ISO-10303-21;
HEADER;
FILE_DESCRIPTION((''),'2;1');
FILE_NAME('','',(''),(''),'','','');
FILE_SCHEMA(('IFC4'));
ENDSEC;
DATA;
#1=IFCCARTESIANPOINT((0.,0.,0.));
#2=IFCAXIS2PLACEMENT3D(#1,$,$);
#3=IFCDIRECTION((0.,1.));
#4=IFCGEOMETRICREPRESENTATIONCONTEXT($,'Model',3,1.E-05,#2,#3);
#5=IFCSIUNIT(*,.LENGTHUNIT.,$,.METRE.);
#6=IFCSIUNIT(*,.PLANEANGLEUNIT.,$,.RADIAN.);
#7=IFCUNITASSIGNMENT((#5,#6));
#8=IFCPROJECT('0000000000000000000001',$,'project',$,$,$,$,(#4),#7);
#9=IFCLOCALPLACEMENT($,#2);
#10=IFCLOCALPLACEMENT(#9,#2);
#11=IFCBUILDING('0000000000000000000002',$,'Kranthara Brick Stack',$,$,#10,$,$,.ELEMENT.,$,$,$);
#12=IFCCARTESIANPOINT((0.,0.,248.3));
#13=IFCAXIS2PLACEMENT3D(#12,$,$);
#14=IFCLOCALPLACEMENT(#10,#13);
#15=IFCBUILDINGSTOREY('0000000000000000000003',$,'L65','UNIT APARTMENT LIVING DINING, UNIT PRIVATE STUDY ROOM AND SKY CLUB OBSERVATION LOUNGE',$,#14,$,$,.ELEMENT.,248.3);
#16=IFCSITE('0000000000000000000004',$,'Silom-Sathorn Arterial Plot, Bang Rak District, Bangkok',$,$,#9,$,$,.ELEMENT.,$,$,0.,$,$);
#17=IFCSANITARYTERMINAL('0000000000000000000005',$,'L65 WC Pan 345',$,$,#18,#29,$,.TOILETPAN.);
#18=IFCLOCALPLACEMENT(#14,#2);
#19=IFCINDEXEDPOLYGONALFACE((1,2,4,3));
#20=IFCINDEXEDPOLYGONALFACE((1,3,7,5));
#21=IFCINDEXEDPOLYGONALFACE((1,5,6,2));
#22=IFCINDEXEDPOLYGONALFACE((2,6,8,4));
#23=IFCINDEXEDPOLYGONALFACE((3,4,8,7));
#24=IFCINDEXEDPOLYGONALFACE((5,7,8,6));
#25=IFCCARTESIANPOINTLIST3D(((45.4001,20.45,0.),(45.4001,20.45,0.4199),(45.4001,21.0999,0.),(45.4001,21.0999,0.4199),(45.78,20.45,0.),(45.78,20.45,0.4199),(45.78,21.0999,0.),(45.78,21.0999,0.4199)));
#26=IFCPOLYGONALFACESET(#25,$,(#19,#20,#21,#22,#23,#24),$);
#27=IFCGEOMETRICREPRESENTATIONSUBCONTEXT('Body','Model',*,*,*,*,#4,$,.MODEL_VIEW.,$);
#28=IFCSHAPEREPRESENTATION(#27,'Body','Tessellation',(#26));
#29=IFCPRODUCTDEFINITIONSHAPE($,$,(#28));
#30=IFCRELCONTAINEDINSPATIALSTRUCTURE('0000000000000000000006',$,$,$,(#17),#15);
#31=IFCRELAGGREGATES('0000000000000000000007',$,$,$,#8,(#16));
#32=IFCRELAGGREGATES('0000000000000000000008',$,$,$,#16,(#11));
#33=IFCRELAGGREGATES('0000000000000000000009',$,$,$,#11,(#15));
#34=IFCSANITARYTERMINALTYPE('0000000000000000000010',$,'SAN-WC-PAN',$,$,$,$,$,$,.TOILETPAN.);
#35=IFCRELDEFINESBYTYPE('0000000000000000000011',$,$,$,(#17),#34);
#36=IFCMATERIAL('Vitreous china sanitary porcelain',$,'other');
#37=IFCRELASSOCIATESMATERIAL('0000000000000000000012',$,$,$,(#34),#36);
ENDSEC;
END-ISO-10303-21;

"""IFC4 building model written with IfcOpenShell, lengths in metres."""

from ifc_helpers import new_model, si_unit, direction, frame, origin, origin_2d, place, context, subcontext, project, spatial, rectangle, extrude, material, type_object, element, save


model = new_model("IFC4")

# Units and contexts
model_context = context("Model", 3, precision=1e-05, world=origin(), true_north=direction((0.0, 1.0)))
body_context = subcontext(model_context, "Body", "Model", "MODEL_VIEW")
ifc_project = project(units=[si_unit("LENGTHUNIT", "METRE"), si_unit("PLANEANGLEUNIT", "RADIAN")], contexts=[model_context])

# Site, building, storey
site_placement = place(None, origin())
site = spatial("IfcSite", under=ifc_project, at=site_placement, Name="Silom-Sathorn Arterial Plot, Bang Rak District, Bangkok", CompositionType="ELEMENT", RefElevation=0.0)
building_placement = place(site_placement, origin())
building = spatial("IfcBuilding", under=site, at=building_placement, Name="Kranthara Brick Stack", CompositionType="ELEMENT")
storey_placement = place(building_placement, frame((0.0, 0.0, 248.3)))
storey = spatial("IfcBuildingStorey", under=building, at=storey_placement, Name="L65", Description="UNIT APARTMENT LIVING DINING, UNIT PRIVATE STUDY ROOM AND SKY CLUB OBSERVATION LOUNGE", CompositionType="ELEMENT", Elevation=248.3)

# Sanitary terminal
ifc_material_1 = material(Name="Vitreous china sanitary porcelain", Category="other")
sanitary_terminal_type_1 = type_object("IfcSanitaryTerminalType", Name="SAN-WC-PAN", PredefinedType="TOILETPAN", material=ifc_material_1)
sanitary_terminal_1_placement = place(storey_placement, frame((45.5901, 20.7749, 0.0), z_axis=(0.0, 0.0, 1.0), x_axis=(1.0, 0.0, 0.0)))
element("IfcSanitaryTerminal", 1, at=sanitary_terminal_1_placement, inside=storey, type_object=sanitary_terminal_type_1, Name="L65 WC Pan 345", PredefinedType="TOILETPAN", context=body_context, shape_type="SweptSolid", body=[
    extrude(rectangle(XDim=0.3799, YDim=0.6499, at=origin_2d()), origin(), (0.0, 0.0, 1.0), 0.4199),
])

save(model, "model.ifc")
